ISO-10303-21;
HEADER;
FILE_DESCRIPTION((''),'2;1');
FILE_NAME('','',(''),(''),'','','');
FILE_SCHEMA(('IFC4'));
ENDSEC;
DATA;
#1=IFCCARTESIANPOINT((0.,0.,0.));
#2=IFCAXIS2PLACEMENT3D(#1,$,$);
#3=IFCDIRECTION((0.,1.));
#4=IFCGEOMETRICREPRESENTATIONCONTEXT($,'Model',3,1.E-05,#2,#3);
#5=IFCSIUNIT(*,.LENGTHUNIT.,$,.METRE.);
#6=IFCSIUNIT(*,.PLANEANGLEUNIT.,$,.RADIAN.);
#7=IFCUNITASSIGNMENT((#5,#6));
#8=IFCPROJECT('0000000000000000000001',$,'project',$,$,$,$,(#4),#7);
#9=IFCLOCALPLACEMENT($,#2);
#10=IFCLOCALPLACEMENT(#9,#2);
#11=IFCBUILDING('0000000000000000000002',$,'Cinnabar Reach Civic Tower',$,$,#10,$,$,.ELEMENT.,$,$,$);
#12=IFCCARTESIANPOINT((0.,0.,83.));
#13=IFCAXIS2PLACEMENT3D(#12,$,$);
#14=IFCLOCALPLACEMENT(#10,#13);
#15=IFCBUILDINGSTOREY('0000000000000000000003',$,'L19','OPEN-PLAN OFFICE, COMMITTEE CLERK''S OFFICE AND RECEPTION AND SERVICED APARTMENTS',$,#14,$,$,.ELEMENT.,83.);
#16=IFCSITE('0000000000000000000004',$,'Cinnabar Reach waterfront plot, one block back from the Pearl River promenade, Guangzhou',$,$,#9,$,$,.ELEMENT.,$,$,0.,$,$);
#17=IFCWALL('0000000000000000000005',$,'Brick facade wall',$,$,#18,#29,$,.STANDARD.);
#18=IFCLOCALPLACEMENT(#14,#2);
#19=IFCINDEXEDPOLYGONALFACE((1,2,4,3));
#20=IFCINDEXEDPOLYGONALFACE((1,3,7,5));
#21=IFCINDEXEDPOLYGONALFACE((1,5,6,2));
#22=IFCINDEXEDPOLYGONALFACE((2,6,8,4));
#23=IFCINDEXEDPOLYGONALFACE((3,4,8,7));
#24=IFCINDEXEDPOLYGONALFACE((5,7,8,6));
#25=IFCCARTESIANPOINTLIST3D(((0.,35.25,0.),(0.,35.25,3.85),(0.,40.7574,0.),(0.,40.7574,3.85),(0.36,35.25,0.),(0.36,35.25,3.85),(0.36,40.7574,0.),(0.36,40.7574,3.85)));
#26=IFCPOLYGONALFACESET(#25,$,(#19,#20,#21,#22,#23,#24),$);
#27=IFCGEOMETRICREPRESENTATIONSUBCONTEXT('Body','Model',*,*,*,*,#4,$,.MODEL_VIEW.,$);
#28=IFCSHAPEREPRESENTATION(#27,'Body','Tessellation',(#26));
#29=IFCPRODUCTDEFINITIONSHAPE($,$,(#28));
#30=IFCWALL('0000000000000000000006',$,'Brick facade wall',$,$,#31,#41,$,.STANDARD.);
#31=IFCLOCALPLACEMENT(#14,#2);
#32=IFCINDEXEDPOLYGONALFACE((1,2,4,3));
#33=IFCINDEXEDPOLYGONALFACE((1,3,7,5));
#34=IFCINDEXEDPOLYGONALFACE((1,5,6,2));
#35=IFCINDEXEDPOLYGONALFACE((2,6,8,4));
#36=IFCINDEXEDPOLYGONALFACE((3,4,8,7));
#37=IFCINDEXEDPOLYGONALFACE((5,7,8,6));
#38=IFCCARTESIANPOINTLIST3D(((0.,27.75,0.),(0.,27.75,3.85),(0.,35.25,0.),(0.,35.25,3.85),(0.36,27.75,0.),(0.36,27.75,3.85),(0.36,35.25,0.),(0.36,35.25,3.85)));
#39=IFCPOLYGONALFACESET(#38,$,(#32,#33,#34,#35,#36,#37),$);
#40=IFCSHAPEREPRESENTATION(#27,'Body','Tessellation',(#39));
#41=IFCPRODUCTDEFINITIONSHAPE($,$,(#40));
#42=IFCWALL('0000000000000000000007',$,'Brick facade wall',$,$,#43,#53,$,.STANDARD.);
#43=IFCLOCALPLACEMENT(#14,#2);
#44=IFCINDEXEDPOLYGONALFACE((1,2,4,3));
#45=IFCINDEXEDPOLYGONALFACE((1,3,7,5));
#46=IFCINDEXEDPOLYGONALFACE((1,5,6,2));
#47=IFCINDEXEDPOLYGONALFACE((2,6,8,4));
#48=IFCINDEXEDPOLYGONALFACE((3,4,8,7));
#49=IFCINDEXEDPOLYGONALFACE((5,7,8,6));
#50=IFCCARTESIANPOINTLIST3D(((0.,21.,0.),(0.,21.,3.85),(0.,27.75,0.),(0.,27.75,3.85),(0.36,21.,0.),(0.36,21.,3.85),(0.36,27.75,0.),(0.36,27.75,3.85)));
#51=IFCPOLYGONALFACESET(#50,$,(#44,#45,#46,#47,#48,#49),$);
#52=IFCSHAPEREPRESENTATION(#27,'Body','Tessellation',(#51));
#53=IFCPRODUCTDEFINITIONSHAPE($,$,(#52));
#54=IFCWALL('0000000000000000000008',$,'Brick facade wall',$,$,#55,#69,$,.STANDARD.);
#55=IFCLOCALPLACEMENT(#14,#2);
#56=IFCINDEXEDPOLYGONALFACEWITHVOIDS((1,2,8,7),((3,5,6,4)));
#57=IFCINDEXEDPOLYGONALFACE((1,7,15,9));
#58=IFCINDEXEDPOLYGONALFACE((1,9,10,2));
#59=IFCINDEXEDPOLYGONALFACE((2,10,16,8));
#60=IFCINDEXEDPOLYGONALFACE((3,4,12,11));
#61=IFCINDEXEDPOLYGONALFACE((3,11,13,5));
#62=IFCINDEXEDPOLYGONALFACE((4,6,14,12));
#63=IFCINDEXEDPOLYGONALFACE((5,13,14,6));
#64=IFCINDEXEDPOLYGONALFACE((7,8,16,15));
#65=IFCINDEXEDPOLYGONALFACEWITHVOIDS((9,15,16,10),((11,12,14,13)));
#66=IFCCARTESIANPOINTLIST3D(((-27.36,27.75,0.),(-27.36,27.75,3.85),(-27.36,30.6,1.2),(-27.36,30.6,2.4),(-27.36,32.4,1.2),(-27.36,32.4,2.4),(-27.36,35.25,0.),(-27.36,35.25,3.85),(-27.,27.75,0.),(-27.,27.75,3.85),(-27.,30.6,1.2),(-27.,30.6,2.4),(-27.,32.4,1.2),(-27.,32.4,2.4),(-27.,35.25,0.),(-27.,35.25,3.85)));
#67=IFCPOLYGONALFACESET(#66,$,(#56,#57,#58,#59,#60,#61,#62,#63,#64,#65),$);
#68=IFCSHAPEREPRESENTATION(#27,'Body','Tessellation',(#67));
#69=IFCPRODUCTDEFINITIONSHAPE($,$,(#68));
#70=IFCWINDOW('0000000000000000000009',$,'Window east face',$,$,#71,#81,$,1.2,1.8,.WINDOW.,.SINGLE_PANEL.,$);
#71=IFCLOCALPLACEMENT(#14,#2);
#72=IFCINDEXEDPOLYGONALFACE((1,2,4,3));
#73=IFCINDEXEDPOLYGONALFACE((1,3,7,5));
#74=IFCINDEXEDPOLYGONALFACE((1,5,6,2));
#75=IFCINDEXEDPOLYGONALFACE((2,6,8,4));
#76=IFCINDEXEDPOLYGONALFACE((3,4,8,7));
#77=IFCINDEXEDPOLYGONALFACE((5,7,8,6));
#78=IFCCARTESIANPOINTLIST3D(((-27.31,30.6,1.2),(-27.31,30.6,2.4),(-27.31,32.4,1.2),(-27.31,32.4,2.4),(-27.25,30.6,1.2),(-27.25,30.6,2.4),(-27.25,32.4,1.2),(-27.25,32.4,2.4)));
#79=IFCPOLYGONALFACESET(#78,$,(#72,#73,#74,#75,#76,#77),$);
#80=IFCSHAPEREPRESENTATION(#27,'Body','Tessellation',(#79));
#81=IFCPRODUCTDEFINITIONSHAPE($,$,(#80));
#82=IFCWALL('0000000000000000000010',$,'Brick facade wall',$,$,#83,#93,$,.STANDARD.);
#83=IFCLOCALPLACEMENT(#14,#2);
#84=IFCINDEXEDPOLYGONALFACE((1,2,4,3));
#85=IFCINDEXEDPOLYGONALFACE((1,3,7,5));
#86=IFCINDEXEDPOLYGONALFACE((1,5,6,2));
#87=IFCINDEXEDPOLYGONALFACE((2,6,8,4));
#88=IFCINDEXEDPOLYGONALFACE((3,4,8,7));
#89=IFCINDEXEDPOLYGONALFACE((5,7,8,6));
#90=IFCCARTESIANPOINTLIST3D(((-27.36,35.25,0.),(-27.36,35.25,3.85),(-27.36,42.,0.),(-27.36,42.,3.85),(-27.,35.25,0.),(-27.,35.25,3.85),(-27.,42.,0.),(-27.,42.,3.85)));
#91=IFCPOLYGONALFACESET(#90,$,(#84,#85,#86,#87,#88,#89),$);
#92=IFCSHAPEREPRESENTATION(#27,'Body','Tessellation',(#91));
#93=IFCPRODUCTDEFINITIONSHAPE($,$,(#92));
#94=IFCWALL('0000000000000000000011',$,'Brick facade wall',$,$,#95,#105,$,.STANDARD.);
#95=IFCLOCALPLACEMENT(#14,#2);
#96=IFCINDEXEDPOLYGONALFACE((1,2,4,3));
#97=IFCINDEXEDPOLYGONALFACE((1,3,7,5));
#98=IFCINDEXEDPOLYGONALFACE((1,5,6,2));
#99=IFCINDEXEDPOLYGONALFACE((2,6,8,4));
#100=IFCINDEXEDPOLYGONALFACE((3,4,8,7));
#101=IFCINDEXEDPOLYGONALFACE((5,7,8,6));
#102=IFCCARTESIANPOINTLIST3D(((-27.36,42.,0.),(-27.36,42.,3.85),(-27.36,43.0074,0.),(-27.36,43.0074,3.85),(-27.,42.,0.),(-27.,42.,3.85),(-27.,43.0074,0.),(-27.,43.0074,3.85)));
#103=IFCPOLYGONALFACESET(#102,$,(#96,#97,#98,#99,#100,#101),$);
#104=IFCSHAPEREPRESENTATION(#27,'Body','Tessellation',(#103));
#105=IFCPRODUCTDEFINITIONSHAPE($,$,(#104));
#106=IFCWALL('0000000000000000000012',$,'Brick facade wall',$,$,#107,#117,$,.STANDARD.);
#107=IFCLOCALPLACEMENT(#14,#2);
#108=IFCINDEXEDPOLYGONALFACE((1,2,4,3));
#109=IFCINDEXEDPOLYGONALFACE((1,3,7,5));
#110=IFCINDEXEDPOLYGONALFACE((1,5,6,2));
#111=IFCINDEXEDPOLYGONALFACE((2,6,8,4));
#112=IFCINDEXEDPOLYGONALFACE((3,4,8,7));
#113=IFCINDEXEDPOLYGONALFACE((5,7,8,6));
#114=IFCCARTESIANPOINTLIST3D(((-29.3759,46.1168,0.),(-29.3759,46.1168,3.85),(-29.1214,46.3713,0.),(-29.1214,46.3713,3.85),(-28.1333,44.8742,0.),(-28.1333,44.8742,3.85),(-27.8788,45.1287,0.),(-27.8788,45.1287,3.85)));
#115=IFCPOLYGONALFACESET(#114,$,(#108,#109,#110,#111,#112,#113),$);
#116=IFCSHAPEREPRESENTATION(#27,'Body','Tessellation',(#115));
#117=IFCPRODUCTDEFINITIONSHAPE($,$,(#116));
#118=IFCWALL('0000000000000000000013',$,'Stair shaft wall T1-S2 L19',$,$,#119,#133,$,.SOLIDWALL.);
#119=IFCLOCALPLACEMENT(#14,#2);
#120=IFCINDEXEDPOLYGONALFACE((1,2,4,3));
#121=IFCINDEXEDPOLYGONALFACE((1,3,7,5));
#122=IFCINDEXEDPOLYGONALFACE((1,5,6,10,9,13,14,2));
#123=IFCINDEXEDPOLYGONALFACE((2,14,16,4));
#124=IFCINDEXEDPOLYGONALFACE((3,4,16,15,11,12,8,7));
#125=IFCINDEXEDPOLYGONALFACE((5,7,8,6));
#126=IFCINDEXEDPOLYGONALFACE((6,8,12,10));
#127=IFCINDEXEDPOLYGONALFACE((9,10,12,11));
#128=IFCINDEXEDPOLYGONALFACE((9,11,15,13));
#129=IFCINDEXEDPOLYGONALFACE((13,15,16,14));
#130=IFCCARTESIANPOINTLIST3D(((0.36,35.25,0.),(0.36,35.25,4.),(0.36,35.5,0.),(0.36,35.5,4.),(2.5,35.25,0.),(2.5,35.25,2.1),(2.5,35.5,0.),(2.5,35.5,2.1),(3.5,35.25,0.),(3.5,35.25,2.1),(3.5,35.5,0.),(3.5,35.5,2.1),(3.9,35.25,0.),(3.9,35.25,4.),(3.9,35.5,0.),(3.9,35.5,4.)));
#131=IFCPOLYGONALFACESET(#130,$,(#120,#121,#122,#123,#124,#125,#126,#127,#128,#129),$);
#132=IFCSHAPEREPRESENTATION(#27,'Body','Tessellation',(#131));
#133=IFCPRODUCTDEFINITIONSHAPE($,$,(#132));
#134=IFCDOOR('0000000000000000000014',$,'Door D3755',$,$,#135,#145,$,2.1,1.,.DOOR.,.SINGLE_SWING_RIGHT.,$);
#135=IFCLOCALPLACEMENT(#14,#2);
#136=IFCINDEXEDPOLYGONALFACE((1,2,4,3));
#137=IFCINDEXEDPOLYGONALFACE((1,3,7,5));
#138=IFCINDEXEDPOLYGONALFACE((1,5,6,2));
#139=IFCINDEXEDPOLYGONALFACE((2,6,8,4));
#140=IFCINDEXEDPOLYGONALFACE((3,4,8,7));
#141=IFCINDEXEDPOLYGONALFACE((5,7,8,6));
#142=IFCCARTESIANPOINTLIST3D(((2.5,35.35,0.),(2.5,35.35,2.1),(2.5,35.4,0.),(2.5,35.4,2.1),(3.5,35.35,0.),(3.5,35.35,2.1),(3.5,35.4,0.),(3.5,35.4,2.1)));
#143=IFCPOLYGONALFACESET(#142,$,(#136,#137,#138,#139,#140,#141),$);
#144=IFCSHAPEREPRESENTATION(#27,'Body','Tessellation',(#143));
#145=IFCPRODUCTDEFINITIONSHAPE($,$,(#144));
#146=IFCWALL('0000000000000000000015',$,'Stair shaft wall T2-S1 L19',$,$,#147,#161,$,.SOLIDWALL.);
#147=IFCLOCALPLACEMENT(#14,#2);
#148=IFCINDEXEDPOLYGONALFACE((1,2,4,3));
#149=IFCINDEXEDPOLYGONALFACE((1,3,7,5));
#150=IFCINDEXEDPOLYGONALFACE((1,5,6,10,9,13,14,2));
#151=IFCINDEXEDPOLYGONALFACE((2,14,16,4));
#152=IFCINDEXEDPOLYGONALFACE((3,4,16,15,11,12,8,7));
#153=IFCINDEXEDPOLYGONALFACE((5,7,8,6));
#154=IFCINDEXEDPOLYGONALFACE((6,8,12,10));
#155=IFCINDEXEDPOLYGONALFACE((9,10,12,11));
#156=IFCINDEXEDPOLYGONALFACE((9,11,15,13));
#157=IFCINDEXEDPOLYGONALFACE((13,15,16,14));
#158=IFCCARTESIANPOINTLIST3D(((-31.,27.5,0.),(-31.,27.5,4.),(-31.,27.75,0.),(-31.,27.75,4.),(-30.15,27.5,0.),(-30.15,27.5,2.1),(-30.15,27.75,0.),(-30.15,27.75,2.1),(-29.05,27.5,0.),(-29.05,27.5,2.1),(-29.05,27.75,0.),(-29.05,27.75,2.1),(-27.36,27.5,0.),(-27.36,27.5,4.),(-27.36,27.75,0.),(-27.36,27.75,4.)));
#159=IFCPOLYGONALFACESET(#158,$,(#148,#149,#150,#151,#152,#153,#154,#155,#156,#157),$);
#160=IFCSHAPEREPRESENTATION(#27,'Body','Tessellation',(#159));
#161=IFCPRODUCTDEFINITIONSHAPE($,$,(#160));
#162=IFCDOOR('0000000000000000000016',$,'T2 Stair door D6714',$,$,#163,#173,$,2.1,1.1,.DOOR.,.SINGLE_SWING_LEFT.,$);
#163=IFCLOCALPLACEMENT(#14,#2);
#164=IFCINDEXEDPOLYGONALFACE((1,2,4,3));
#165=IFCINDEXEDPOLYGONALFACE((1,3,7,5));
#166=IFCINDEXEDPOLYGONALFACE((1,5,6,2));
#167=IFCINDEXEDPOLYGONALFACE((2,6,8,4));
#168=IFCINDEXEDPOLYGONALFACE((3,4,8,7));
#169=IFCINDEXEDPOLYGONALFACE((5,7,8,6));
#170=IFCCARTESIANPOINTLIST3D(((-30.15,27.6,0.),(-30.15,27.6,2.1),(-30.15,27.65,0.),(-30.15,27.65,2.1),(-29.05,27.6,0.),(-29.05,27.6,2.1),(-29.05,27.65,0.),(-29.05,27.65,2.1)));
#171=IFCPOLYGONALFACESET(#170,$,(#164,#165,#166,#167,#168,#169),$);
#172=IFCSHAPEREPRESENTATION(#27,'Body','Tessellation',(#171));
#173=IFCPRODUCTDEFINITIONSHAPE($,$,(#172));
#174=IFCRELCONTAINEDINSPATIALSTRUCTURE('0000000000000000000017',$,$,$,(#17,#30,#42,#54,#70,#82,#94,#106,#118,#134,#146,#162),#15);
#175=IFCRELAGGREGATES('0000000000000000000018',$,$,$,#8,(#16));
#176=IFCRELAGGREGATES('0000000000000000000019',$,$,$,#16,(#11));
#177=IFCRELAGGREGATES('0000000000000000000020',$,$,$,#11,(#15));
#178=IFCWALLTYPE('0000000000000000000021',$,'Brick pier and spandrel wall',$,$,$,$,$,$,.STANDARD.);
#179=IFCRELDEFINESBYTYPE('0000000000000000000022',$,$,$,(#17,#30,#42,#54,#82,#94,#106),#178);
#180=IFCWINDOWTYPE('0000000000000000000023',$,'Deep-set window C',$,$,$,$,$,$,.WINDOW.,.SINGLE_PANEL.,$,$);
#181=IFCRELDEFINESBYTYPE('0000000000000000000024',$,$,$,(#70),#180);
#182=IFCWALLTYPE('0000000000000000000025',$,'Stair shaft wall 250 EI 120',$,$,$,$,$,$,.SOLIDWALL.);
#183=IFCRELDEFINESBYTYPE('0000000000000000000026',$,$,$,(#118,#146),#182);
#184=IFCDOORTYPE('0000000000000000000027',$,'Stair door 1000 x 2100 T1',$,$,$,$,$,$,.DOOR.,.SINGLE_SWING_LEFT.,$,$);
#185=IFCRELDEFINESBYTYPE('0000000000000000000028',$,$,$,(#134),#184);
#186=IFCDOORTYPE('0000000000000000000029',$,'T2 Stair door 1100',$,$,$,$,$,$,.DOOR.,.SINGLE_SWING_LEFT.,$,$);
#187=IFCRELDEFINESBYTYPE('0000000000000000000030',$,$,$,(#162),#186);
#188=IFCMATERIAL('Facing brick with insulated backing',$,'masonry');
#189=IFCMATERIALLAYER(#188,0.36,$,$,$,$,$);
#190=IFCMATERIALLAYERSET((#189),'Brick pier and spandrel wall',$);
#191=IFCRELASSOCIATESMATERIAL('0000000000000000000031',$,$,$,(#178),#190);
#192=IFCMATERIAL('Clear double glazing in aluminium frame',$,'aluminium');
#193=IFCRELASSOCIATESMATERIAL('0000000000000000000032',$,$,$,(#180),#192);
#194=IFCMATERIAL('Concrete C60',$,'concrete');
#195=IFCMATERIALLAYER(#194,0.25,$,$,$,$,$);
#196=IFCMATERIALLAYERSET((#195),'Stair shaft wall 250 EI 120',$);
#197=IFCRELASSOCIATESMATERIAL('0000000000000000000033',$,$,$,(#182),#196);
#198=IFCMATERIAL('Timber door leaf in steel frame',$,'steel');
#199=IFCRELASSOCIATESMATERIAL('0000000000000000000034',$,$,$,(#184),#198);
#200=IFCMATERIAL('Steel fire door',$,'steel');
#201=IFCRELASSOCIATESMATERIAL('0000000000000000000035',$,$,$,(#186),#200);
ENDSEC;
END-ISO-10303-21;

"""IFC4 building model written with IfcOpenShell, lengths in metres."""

from ifc_helpers import new_model, si_unit, direction, frame, frame_2d, origin, place, context, subcontext, project, spatial, rectangle, extrude, material, layer, layer_set, type_object, element, fill, save


model = new_model("IFC4")

# Units and contexts
model_context = context("Model", 3, precision=1e-05, world=origin(), true_north=direction((0.0, 1.0)))
body_context = subcontext(model_context, "Body", "Model", "MODEL_VIEW")
ifc_project = project(units=[si_unit("LENGTHUNIT", "METRE"), si_unit("PLANEANGLEUNIT", "RADIAN")], contexts=[model_context])

# Site, building, storey
site_placement = place(None, origin())
site = spatial("IfcSite", under=ifc_project, at=site_placement, Name="Cinnabar Reach waterfront plot, one block back from the Pearl River promenade, Guangzhou", CompositionType="ELEMENT", RefElevation=0.0)
building_placement = place(site_placement, origin())
building = spatial("IfcBuilding", under=site, at=building_placement, Name="Cinnabar Reach Civic Tower", CompositionType="ELEMENT")
storey_placement = place(building_placement, frame((0.0, 0.0, 83.0)))
storey = spatial("IfcBuildingStorey", under=building, at=storey_placement, Name="L19", Description="OPEN-PLAN OFFICE, COMMITTEE CLERK'S OFFICE AND RECEPTION AND SERVICED APARTMENTS", CompositionType="ELEMENT", Elevation=83.0)

# Shared definitions
ifc_material_1 = material(Name="Concrete C60", Category="concrete")

# Walls
ifc_material_2 = material(Name="Facing brick with insulated backing", Category="masonry")
ifc_layer_1 = layer(ifc_material_2, 0.36)
ifc_layer_set_1 = layer_set([ifc_layer_1], Name="Brick pier and spandrel wall")
wall_type_1 = type_object("IfcWallType", Name="Brick pier and spandrel wall", PredefinedType="STANDARD", material=ifc_layer_set_1)
wall_1_placement = place(storey_placement, frame((0.18, 40.7574, 0.0), z_axis=(0.0, 0.0, 1.0), x_axis=(0.0, -1.0, 0.0)))
element("IfcWall", 1, at=wall_1_placement, inside=storey, type_object=wall_type_1, Name="Brick facade wall", PredefinedType="STANDARD", context=body_context, shape_type="SweptSolid", body=[
    extrude(rectangle(XDim=5.5074, YDim=0.36, at=frame_2d((2.7537, 0.0))), origin(), (0.0, 0.0, 1.0), 3.85),
])
wall_2_placement = place(storey_placement, frame((0.18, 35.25, 0.0), z_axis=(0.0, 0.0, 1.0), x_axis=(0.0, -1.0, 0.0)))
element("IfcWall", 2, at=wall_2_placement, inside=storey, type_object=wall_type_1, Name="Brick facade wall", PredefinedType="STANDARD", context=body_context, shape_type="SweptSolid", body=[
    extrude(rectangle(XDim=7.5, YDim=0.36, at=frame_2d((3.75, 0.0))), origin(), (0.0, 0.0, 1.0), 3.85),
])
wall_3_placement = place(storey_placement, frame((0.18, 27.75, 0.0), z_axis=(0.0, 0.0, 1.0), x_axis=(0.0, -1.0, 0.0)))
element("IfcWall", 3, at=wall_3_placement, inside=storey, type_object=wall_type_1, Name="Brick facade wall", PredefinedType="STANDARD", context=body_context, shape_type="SweptSolid", body=[
    extrude(rectangle(XDim=6.75, YDim=0.36, at=frame_2d((3.375, 0.0))), origin(), (0.0, 0.0, 1.0), 3.85),
])

# Wall, opening, window
wall_4_placement = place(storey_placement, frame((-27.18, 27.75, 0.0), z_axis=(0.0, 0.0, 1.0), x_axis=(0.0, 1.0, 0.0)))
wall_4 = element("IfcWall", 4, at=wall_4_placement, inside=storey, type_object=wall_type_1, Name="Brick facade wall", PredefinedType="STANDARD", context=body_context, shape_type="SweptSolid", body=[
    extrude(rectangle(XDim=7.5, YDim=0.36, at=frame_2d((3.75, 0.0))), origin(), (0.0, 0.0, 1.0), 3.85),
])
opening_1_placement = place(wall_4_placement, frame((2.85, 0.0, 1.2)))
opening_1 = element("IfcOpeningElement", 5, at=opening_1_placement, cuts=wall_4, PredefinedType="OPENING", context=body_context, shape_type="SweptSolid", body=[
    extrude(rectangle(XDim=1.8, YDim=1.2, at=frame_2d((0.9, 0.6))), frame((0.0, 0.19, 0.0), z_axis=(0.0, -1.0, 0.0), x_axis=(1.0, 0.0, 0.0)), (0.0, 0.0, 1.0), 0.38),
])
ifc_material_3 = material(Name="Clear double glazing in aluminium frame", Category="aluminium")
window_type = type_object("IfcWindowType", Name="Deep-set window C", PartitioningType="SINGLE_PANEL", PredefinedType="WINDOW", material=ifc_material_3)
window_placement = place(opening_1_placement, origin())
window = element("IfcWindow", 6, at=window_placement, inside=storey, type_object=window_type, Name="Window east face", OverallHeight=1.2, OverallWidth=1.8, PartitioningType="SINGLE_PANEL", PredefinedType="WINDOW", context=body_context, shape_type="SweptSolid", body=[
    extrude(rectangle(XDim=1.8, YDim=1.2, at=frame_2d((0.9, 0.6))), frame((0.0, 0.13, 0.0), z_axis=(0.0, -1.0, 0.0), x_axis=(1.0, 0.0, 0.0)), (0.0, 0.0, 1.0), 0.06),
])
fill(opening_1, window)

# Walls
wall_5_placement = place(storey_placement, frame((-27.18, 35.25, 0.0), z_axis=(0.0, 0.0, 1.0), x_axis=(0.0, 1.0, 0.0)))
element("IfcWall", 7, at=wall_5_placement, inside=storey, type_object=wall_type_1, Name="Brick facade wall", PredefinedType="STANDARD", context=body_context, shape_type="SweptSolid", body=[
    extrude(rectangle(XDim=6.75, YDim=0.36, at=frame_2d((3.375, 0.0))), origin(), (0.0, 0.0, 1.0), 3.85),
])
wall_6_placement = place(storey_placement, frame((-27.18, 42.0, 0.0), z_axis=(0.0, 0.0, 1.0), x_axis=(0.0, 1.0, 0.0)))
element("IfcWall", 8, at=wall_6_placement, inside=storey, type_object=wall_type_1, Name="Brick facade wall", PredefinedType="STANDARD", context=body_context, shape_type="SweptSolid", body=[
    extrude(rectangle(XDim=1.0074, YDim=0.36, at=frame_2d((0.5037, 0.0))), origin(), (0.0, 0.0, 1.0), 3.85),
])
wall_7_placement = place(storey_placement, frame((-28.006, 45.0014, 0.0), z_axis=(0.0, 0.0, 1.0), x_axis=(-0.707107, 0.707107, 0.0)))
element("IfcWall", 9, at=wall_7_placement, inside=storey, type_object=wall_type_1, Name="Brick facade wall", PredefinedType="STANDARD", context=body_context, shape_type="SweptSolid", body=[
    extrude(rectangle(XDim=1.7573, YDim=0.36, at=frame_2d((0.8787, 0.0))), origin(), (0.0, 0.0, 1.0), 3.85),
])

# Walls, openings, doors
ifc_layer_2 = layer(ifc_material_1, 0.25)
ifc_layer_set_2 = layer_set([ifc_layer_2], Name="Stair shaft wall 250 EI 120")
wall_type_2 = type_object("IfcWallType", Name="Stair shaft wall 250 EI 120", PredefinedType="SOLIDWALL", material=ifc_layer_set_2)
wall_8_placement = place(storey_placement, frame((0.36, 35.375, 0.0), z_axis=(0.0, 0.0, 1.0), x_axis=(1.0, 0.0, 0.0)))
wall_8 = element("IfcWall", 10, at=wall_8_placement, inside=storey, type_object=wall_type_2, Name="Stair shaft wall T1-S2 L19", PredefinedType="SOLIDWALL", context=body_context, shape_type="SweptSolid", body=[
    extrude(rectangle(XDim=3.54, YDim=0.25, at=frame_2d((1.77, 0.0))), origin(), (0.0, 0.0, 1.0), 4.0),
])
opening_2_placement = place(wall_8_placement, frame((2.14, 0.0, 0.0)))
opening_2 = element("IfcOpeningElement", 11, at=opening_2_placement, cuts=wall_8, PredefinedType="OPENING", context=body_context, shape_type="SweptSolid", body=[
    extrude(rectangle(XDim=1.0, YDim=2.1, at=frame_2d((0.5, 1.05))), frame((0.0, 0.135, 0.0), z_axis=(0.0, -1.0, 0.0), x_axis=(1.0, 0.0, 0.0)), (0.0, 0.0, 1.0), 0.27),
])
ifc_material_4 = material(Name="Timber door leaf in steel frame", Category="steel")
door_type_1 = type_object("IfcDoorType", Name="Stair door 1000 x 2100 T1", OperationType="SINGLE_SWING_LEFT", PredefinedType="DOOR", material=ifc_material_4)
door_1_placement = place(opening_2_placement, origin())
door_1 = element("IfcDoor", 12, at=door_1_placement, inside=storey, type_object=door_type_1, Name="Door D3755", OperationType="SINGLE_SWING_RIGHT", OverallHeight=2.1, OverallWidth=1.0, PredefinedType="DOOR", context=body_context, shape_type="SweptSolid", body=[
    extrude(rectangle(XDim=1.0, YDim=2.1, at=frame_2d((0.5, 1.05))), frame((0.0, 0.025, 0.0), z_axis=(0.0, -1.0, 0.0), x_axis=(1.0, 0.0, 0.0)), (0.0, 0.0, 1.0), 0.05),
])
fill(opening_2, door_1)
wall_9_placement = place(storey_placement, frame((-27.36, 27.625, 0.0), z_axis=(0.0, 0.0, 1.0), x_axis=(-1.0, 0.0, 0.0)))
wall_9 = element("IfcWall", 13, at=wall_9_placement, inside=storey, type_object=wall_type_2, Name="Stair shaft wall T2-S1 L19", PredefinedType="SOLIDWALL", context=body_context, shape_type="SweptSolid", body=[
    extrude(rectangle(XDim=3.64, YDim=0.25, at=frame_2d((1.82, 0.0))), origin(), (0.0, 0.0, 1.0), 4.0),
])
opening_3_placement = place(wall_9_placement, frame((1.69, 0.0, 0.0)))
opening_3 = element("IfcOpeningElement", 14, at=opening_3_placement, cuts=wall_9, PredefinedType="OPENING", context=body_context, shape_type="SweptSolid", body=[
    extrude(rectangle(XDim=1.1, YDim=2.1, at=frame_2d((0.55, 1.05))), frame((0.0, 0.135, 0.0), z_axis=(0.0, -1.0, 0.0), x_axis=(1.0, 0.0, 0.0)), (0.0, 0.0, 1.0), 0.27),
])
ifc_material_5 = material(Name="Steel fire door", Category="steel")
door_type_2 = type_object("IfcDoorType", Name="T2 Stair door 1100", OperationType="SINGLE_SWING_LEFT", PredefinedType="DOOR", material=ifc_material_5)
door_2_placement = place(opening_3_placement, origin())
door_2 = element("IfcDoor", 15, at=door_2_placement, inside=storey, type_object=door_type_2, Name="T2 Stair door D6714", OperationType="SINGLE_SWING_LEFT", OverallHeight=2.1, OverallWidth=1.1, PredefinedType="DOOR", context=body_context, shape_type="SweptSolid", body=[
    extrude(rectangle(XDim=1.1, YDim=2.1, at=frame_2d((0.55, 1.05))), frame((0.0, 0.025, 0.0), z_axis=(0.0, -1.0, 0.0), x_axis=(1.0, 0.0, 0.0)), (0.0, 0.0, 1.0), 0.05),
])
fill(opening_3, door_2)

save(model, "model.ifc")
